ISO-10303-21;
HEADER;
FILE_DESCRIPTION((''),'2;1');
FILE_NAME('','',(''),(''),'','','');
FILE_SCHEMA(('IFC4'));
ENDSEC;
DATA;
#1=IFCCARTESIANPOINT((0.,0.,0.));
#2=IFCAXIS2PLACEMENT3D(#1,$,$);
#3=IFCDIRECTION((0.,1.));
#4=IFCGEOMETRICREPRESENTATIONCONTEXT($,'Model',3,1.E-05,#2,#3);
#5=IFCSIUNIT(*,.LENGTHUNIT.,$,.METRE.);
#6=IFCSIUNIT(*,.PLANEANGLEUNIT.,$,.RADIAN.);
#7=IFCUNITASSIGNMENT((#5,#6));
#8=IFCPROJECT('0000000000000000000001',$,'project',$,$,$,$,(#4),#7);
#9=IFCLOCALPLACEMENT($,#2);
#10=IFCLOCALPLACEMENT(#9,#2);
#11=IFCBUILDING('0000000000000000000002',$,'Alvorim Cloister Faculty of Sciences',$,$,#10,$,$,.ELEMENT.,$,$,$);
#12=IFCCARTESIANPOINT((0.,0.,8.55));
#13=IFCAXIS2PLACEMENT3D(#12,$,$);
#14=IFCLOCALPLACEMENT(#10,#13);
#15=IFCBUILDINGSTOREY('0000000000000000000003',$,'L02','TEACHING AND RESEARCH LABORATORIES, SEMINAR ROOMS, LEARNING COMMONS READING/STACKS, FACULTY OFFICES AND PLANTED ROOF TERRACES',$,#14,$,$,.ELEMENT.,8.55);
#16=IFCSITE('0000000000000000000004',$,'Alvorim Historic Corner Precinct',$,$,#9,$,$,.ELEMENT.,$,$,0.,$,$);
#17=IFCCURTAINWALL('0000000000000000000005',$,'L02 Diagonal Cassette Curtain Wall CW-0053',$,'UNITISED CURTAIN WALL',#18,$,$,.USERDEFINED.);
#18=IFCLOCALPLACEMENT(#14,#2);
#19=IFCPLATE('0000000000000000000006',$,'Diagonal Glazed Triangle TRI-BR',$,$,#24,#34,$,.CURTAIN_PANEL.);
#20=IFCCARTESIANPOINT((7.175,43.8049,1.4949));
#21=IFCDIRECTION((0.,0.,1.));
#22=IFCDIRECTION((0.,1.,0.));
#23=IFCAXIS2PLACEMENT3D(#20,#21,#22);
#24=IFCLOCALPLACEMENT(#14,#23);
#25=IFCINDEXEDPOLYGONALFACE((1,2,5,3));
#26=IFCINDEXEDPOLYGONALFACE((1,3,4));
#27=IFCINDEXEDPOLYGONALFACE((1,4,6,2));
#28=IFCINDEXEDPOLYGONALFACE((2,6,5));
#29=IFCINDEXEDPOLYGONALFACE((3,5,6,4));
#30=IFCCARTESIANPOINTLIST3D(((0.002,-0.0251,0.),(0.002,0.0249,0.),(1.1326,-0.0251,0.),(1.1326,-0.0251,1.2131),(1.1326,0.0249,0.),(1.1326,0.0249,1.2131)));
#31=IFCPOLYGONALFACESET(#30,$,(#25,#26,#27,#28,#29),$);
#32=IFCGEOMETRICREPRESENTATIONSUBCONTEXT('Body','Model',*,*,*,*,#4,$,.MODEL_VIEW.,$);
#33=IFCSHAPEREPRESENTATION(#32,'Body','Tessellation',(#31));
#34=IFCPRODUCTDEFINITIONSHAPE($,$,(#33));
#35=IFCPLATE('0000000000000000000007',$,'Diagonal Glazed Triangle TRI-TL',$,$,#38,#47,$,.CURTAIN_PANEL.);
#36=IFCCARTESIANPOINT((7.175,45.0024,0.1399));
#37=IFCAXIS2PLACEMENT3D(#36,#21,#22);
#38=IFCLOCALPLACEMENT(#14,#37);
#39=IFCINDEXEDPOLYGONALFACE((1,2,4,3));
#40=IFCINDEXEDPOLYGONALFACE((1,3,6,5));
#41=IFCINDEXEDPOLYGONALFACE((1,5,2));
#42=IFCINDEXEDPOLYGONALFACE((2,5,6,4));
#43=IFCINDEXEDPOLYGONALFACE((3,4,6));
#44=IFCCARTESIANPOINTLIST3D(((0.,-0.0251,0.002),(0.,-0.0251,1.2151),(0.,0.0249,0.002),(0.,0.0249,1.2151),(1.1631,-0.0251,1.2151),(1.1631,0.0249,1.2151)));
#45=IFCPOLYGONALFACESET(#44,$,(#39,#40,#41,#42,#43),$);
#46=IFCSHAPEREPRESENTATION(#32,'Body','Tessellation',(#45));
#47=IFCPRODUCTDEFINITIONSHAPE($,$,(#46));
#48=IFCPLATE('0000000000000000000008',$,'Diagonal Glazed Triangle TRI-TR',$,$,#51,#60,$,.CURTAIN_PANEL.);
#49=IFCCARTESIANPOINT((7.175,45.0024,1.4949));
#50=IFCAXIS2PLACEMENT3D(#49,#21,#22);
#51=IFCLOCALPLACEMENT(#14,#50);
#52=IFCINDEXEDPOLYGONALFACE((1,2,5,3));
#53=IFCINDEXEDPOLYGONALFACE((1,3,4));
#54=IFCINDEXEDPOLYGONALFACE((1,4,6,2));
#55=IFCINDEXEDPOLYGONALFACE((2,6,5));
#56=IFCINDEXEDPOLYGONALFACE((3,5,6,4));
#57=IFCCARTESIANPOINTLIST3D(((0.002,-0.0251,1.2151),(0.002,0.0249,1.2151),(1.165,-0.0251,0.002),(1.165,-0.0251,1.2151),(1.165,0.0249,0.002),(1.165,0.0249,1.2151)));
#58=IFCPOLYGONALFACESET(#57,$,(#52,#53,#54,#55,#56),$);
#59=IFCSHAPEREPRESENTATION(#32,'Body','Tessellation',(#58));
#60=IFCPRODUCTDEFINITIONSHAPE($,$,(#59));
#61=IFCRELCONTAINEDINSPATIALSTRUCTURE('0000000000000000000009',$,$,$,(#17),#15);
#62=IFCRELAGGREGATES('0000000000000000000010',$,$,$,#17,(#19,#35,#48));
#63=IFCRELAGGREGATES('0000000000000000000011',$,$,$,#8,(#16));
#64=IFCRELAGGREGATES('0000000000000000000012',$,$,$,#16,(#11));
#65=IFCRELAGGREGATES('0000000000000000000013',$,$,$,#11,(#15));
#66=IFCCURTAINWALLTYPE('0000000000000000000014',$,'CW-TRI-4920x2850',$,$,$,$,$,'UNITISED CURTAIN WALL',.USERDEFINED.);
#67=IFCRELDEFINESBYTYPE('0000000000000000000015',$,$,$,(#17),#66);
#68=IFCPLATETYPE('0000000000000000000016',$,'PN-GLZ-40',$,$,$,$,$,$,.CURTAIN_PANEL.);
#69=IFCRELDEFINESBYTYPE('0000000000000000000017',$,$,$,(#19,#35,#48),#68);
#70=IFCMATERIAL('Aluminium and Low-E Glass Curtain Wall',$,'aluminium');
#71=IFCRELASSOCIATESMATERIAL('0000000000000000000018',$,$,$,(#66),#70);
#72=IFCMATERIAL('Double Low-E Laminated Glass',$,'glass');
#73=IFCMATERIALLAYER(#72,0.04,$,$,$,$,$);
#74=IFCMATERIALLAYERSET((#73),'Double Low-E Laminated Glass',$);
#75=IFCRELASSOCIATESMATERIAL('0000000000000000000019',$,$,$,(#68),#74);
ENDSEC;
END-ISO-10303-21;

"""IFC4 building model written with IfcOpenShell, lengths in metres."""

from ifc_helpers import new_model, si_unit, direction, frame, origin, place, context, subcontext, project, spatial, polyline, outline, extrude, material, layer, layer_set, type_object, element, aggregate, save


model = new_model("IFC4")

# Units and contexts
model_context = context("Model", 3, precision=1e-05, world=origin(), true_north=direction((0.0, 1.0)))
body_context = subcontext(model_context, "Body", "Model", "MODEL_VIEW")
ifc_project = project(units=[si_unit("LENGTHUNIT", "METRE"), si_unit("PLANEANGLEUNIT", "RADIAN")], contexts=[model_context])

# Site, building, storey
site_placement = place(None, origin())
site = spatial("IfcSite", under=ifc_project, at=site_placement, Name="Alvorim Historic Corner Precinct", CompositionType="ELEMENT", RefElevation=0.0)
building_placement = place(site_placement, origin())
building = spatial("IfcBuilding", under=site, at=building_placement, Name="Alvorim Cloister Faculty of Sciences", CompositionType="ELEMENT")
storey_placement = place(building_placement, frame((0.0, 0.0, 8.55)))
storey = spatial("IfcBuildingStorey", under=building, at=storey_placement, Name="L02", Description="TEACHING AND RESEARCH LABORATORIES, SEMINAR ROOMS, LEARNING COMMONS READING/STACKS, FACULTY OFFICES AND PLANTED ROOF TERRACES", CompositionType="ELEMENT", Elevation=8.55)

# Shared definitions
ifc_material_1 = material(Name="Aluminium and Low-E Glass Curtain Wall", Category="aluminium")

# Curtain wall
curtain_wall_type_1 = type_object("IfcCurtainWallType", Name="CW-TRI-4920x2850", ElementType="UNITISED CURTAIN WALL", PredefinedType="USERDEFINED", material=ifc_material_1)
curtain_wall_1_placement = place(storey_placement, origin())
curtain_wall_1 = element("IfcCurtainWall", 1, at=curtain_wall_1_placement, inside=storey, type_object=curtain_wall_type_1, Name="L02 Diagonal Cassette Curtain Wall CW-0053", ObjectType="UNITISED CURTAIN WALL", PredefinedType="USERDEFINED")

# Plates
ifc_material_2 = material(Name="Double Low-E Laminated Glass", Category="glass")
ifc_layer_1 = layer(ifc_material_2, 0.04)
ifc_layer_set_1 = layer_set([ifc_layer_1], Name="Double Low-E Laminated Glass")
plate_type = type_object("IfcPlateType", Name="PN-GLZ-40", PredefinedType="CURTAIN_PANEL", material=ifc_layer_set_1)
plate_1_placement = place(storey_placement, frame((7.175, 43.8049, 1.4949), z_axis=(0.0, 0.0, 1.0), x_axis=(0.0, 1.0, 0.0)))
plate_1 = element("IfcPlate", 2, at=plate_1_placement, type_object=plate_type, Name="Diagonal Glazed Triangle TRI-BR", PredefinedType="CURTAIN_PANEL", context=body_context, shape_type="SweptSolid", body=[
    extrude(outline(polyline([(0.002, 0.0), (1.1326, 0.0), (1.1326, 1.2131), (0.002, 0.0)])), frame((0.0, 0.0249, 0.0), z_axis=(0.0, -1.0, 0.0), x_axis=(1.0, 0.0, 0.0)), (0.0, 0.0, 1.0), 0.05),
])
plate_2_placement = place(storey_placement, frame((7.175, 45.0024, 0.1399), z_axis=(0.0, 0.0, 1.0), x_axis=(0.0, 1.0, 0.0)))
plate_2 = element("IfcPlate", 3, at=plate_2_placement, type_object=plate_type, Name="Diagonal Glazed Triangle TRI-TL", PredefinedType="CURTAIN_PANEL", context=body_context, shape_type="SweptSolid", body=[
    extrude(outline(polyline([(1.1631, 1.2151), (0.0, 1.2151), (0.0, 0.002), (1.1631, 1.2151)])), frame((0.0, 0.0249, 0.0), z_axis=(0.0, -1.0, 0.0), x_axis=(1.0, 0.0, 0.0)), (0.0, 0.0, 1.0), 0.05),
])
plate_3_placement = place(storey_placement, frame((7.175, 45.0024, 1.4949), z_axis=(0.0, 0.0, 1.0), x_axis=(0.0, 1.0, 0.0)))
plate_3 = element("IfcPlate", 4, at=plate_3_placement, type_object=plate_type, Name="Diagonal Glazed Triangle TRI-TR", PredefinedType="CURTAIN_PANEL", context=body_context, shape_type="SweptSolid", body=[
    extrude(outline(polyline([(1.165, 0.002), (1.165, 1.2151), (0.002, 1.2151), (1.165, 0.002)])), frame((0.0, 0.0249, 0.0), z_axis=(0.0, -1.0, 0.0), x_axis=(1.0, 0.0, 0.0)), (0.0, 0.0, 1.0), 0.05),
])
aggregate(curtain_wall_1, [plate_1, plate_2, plate_3])

save(model, "model.ifc")
